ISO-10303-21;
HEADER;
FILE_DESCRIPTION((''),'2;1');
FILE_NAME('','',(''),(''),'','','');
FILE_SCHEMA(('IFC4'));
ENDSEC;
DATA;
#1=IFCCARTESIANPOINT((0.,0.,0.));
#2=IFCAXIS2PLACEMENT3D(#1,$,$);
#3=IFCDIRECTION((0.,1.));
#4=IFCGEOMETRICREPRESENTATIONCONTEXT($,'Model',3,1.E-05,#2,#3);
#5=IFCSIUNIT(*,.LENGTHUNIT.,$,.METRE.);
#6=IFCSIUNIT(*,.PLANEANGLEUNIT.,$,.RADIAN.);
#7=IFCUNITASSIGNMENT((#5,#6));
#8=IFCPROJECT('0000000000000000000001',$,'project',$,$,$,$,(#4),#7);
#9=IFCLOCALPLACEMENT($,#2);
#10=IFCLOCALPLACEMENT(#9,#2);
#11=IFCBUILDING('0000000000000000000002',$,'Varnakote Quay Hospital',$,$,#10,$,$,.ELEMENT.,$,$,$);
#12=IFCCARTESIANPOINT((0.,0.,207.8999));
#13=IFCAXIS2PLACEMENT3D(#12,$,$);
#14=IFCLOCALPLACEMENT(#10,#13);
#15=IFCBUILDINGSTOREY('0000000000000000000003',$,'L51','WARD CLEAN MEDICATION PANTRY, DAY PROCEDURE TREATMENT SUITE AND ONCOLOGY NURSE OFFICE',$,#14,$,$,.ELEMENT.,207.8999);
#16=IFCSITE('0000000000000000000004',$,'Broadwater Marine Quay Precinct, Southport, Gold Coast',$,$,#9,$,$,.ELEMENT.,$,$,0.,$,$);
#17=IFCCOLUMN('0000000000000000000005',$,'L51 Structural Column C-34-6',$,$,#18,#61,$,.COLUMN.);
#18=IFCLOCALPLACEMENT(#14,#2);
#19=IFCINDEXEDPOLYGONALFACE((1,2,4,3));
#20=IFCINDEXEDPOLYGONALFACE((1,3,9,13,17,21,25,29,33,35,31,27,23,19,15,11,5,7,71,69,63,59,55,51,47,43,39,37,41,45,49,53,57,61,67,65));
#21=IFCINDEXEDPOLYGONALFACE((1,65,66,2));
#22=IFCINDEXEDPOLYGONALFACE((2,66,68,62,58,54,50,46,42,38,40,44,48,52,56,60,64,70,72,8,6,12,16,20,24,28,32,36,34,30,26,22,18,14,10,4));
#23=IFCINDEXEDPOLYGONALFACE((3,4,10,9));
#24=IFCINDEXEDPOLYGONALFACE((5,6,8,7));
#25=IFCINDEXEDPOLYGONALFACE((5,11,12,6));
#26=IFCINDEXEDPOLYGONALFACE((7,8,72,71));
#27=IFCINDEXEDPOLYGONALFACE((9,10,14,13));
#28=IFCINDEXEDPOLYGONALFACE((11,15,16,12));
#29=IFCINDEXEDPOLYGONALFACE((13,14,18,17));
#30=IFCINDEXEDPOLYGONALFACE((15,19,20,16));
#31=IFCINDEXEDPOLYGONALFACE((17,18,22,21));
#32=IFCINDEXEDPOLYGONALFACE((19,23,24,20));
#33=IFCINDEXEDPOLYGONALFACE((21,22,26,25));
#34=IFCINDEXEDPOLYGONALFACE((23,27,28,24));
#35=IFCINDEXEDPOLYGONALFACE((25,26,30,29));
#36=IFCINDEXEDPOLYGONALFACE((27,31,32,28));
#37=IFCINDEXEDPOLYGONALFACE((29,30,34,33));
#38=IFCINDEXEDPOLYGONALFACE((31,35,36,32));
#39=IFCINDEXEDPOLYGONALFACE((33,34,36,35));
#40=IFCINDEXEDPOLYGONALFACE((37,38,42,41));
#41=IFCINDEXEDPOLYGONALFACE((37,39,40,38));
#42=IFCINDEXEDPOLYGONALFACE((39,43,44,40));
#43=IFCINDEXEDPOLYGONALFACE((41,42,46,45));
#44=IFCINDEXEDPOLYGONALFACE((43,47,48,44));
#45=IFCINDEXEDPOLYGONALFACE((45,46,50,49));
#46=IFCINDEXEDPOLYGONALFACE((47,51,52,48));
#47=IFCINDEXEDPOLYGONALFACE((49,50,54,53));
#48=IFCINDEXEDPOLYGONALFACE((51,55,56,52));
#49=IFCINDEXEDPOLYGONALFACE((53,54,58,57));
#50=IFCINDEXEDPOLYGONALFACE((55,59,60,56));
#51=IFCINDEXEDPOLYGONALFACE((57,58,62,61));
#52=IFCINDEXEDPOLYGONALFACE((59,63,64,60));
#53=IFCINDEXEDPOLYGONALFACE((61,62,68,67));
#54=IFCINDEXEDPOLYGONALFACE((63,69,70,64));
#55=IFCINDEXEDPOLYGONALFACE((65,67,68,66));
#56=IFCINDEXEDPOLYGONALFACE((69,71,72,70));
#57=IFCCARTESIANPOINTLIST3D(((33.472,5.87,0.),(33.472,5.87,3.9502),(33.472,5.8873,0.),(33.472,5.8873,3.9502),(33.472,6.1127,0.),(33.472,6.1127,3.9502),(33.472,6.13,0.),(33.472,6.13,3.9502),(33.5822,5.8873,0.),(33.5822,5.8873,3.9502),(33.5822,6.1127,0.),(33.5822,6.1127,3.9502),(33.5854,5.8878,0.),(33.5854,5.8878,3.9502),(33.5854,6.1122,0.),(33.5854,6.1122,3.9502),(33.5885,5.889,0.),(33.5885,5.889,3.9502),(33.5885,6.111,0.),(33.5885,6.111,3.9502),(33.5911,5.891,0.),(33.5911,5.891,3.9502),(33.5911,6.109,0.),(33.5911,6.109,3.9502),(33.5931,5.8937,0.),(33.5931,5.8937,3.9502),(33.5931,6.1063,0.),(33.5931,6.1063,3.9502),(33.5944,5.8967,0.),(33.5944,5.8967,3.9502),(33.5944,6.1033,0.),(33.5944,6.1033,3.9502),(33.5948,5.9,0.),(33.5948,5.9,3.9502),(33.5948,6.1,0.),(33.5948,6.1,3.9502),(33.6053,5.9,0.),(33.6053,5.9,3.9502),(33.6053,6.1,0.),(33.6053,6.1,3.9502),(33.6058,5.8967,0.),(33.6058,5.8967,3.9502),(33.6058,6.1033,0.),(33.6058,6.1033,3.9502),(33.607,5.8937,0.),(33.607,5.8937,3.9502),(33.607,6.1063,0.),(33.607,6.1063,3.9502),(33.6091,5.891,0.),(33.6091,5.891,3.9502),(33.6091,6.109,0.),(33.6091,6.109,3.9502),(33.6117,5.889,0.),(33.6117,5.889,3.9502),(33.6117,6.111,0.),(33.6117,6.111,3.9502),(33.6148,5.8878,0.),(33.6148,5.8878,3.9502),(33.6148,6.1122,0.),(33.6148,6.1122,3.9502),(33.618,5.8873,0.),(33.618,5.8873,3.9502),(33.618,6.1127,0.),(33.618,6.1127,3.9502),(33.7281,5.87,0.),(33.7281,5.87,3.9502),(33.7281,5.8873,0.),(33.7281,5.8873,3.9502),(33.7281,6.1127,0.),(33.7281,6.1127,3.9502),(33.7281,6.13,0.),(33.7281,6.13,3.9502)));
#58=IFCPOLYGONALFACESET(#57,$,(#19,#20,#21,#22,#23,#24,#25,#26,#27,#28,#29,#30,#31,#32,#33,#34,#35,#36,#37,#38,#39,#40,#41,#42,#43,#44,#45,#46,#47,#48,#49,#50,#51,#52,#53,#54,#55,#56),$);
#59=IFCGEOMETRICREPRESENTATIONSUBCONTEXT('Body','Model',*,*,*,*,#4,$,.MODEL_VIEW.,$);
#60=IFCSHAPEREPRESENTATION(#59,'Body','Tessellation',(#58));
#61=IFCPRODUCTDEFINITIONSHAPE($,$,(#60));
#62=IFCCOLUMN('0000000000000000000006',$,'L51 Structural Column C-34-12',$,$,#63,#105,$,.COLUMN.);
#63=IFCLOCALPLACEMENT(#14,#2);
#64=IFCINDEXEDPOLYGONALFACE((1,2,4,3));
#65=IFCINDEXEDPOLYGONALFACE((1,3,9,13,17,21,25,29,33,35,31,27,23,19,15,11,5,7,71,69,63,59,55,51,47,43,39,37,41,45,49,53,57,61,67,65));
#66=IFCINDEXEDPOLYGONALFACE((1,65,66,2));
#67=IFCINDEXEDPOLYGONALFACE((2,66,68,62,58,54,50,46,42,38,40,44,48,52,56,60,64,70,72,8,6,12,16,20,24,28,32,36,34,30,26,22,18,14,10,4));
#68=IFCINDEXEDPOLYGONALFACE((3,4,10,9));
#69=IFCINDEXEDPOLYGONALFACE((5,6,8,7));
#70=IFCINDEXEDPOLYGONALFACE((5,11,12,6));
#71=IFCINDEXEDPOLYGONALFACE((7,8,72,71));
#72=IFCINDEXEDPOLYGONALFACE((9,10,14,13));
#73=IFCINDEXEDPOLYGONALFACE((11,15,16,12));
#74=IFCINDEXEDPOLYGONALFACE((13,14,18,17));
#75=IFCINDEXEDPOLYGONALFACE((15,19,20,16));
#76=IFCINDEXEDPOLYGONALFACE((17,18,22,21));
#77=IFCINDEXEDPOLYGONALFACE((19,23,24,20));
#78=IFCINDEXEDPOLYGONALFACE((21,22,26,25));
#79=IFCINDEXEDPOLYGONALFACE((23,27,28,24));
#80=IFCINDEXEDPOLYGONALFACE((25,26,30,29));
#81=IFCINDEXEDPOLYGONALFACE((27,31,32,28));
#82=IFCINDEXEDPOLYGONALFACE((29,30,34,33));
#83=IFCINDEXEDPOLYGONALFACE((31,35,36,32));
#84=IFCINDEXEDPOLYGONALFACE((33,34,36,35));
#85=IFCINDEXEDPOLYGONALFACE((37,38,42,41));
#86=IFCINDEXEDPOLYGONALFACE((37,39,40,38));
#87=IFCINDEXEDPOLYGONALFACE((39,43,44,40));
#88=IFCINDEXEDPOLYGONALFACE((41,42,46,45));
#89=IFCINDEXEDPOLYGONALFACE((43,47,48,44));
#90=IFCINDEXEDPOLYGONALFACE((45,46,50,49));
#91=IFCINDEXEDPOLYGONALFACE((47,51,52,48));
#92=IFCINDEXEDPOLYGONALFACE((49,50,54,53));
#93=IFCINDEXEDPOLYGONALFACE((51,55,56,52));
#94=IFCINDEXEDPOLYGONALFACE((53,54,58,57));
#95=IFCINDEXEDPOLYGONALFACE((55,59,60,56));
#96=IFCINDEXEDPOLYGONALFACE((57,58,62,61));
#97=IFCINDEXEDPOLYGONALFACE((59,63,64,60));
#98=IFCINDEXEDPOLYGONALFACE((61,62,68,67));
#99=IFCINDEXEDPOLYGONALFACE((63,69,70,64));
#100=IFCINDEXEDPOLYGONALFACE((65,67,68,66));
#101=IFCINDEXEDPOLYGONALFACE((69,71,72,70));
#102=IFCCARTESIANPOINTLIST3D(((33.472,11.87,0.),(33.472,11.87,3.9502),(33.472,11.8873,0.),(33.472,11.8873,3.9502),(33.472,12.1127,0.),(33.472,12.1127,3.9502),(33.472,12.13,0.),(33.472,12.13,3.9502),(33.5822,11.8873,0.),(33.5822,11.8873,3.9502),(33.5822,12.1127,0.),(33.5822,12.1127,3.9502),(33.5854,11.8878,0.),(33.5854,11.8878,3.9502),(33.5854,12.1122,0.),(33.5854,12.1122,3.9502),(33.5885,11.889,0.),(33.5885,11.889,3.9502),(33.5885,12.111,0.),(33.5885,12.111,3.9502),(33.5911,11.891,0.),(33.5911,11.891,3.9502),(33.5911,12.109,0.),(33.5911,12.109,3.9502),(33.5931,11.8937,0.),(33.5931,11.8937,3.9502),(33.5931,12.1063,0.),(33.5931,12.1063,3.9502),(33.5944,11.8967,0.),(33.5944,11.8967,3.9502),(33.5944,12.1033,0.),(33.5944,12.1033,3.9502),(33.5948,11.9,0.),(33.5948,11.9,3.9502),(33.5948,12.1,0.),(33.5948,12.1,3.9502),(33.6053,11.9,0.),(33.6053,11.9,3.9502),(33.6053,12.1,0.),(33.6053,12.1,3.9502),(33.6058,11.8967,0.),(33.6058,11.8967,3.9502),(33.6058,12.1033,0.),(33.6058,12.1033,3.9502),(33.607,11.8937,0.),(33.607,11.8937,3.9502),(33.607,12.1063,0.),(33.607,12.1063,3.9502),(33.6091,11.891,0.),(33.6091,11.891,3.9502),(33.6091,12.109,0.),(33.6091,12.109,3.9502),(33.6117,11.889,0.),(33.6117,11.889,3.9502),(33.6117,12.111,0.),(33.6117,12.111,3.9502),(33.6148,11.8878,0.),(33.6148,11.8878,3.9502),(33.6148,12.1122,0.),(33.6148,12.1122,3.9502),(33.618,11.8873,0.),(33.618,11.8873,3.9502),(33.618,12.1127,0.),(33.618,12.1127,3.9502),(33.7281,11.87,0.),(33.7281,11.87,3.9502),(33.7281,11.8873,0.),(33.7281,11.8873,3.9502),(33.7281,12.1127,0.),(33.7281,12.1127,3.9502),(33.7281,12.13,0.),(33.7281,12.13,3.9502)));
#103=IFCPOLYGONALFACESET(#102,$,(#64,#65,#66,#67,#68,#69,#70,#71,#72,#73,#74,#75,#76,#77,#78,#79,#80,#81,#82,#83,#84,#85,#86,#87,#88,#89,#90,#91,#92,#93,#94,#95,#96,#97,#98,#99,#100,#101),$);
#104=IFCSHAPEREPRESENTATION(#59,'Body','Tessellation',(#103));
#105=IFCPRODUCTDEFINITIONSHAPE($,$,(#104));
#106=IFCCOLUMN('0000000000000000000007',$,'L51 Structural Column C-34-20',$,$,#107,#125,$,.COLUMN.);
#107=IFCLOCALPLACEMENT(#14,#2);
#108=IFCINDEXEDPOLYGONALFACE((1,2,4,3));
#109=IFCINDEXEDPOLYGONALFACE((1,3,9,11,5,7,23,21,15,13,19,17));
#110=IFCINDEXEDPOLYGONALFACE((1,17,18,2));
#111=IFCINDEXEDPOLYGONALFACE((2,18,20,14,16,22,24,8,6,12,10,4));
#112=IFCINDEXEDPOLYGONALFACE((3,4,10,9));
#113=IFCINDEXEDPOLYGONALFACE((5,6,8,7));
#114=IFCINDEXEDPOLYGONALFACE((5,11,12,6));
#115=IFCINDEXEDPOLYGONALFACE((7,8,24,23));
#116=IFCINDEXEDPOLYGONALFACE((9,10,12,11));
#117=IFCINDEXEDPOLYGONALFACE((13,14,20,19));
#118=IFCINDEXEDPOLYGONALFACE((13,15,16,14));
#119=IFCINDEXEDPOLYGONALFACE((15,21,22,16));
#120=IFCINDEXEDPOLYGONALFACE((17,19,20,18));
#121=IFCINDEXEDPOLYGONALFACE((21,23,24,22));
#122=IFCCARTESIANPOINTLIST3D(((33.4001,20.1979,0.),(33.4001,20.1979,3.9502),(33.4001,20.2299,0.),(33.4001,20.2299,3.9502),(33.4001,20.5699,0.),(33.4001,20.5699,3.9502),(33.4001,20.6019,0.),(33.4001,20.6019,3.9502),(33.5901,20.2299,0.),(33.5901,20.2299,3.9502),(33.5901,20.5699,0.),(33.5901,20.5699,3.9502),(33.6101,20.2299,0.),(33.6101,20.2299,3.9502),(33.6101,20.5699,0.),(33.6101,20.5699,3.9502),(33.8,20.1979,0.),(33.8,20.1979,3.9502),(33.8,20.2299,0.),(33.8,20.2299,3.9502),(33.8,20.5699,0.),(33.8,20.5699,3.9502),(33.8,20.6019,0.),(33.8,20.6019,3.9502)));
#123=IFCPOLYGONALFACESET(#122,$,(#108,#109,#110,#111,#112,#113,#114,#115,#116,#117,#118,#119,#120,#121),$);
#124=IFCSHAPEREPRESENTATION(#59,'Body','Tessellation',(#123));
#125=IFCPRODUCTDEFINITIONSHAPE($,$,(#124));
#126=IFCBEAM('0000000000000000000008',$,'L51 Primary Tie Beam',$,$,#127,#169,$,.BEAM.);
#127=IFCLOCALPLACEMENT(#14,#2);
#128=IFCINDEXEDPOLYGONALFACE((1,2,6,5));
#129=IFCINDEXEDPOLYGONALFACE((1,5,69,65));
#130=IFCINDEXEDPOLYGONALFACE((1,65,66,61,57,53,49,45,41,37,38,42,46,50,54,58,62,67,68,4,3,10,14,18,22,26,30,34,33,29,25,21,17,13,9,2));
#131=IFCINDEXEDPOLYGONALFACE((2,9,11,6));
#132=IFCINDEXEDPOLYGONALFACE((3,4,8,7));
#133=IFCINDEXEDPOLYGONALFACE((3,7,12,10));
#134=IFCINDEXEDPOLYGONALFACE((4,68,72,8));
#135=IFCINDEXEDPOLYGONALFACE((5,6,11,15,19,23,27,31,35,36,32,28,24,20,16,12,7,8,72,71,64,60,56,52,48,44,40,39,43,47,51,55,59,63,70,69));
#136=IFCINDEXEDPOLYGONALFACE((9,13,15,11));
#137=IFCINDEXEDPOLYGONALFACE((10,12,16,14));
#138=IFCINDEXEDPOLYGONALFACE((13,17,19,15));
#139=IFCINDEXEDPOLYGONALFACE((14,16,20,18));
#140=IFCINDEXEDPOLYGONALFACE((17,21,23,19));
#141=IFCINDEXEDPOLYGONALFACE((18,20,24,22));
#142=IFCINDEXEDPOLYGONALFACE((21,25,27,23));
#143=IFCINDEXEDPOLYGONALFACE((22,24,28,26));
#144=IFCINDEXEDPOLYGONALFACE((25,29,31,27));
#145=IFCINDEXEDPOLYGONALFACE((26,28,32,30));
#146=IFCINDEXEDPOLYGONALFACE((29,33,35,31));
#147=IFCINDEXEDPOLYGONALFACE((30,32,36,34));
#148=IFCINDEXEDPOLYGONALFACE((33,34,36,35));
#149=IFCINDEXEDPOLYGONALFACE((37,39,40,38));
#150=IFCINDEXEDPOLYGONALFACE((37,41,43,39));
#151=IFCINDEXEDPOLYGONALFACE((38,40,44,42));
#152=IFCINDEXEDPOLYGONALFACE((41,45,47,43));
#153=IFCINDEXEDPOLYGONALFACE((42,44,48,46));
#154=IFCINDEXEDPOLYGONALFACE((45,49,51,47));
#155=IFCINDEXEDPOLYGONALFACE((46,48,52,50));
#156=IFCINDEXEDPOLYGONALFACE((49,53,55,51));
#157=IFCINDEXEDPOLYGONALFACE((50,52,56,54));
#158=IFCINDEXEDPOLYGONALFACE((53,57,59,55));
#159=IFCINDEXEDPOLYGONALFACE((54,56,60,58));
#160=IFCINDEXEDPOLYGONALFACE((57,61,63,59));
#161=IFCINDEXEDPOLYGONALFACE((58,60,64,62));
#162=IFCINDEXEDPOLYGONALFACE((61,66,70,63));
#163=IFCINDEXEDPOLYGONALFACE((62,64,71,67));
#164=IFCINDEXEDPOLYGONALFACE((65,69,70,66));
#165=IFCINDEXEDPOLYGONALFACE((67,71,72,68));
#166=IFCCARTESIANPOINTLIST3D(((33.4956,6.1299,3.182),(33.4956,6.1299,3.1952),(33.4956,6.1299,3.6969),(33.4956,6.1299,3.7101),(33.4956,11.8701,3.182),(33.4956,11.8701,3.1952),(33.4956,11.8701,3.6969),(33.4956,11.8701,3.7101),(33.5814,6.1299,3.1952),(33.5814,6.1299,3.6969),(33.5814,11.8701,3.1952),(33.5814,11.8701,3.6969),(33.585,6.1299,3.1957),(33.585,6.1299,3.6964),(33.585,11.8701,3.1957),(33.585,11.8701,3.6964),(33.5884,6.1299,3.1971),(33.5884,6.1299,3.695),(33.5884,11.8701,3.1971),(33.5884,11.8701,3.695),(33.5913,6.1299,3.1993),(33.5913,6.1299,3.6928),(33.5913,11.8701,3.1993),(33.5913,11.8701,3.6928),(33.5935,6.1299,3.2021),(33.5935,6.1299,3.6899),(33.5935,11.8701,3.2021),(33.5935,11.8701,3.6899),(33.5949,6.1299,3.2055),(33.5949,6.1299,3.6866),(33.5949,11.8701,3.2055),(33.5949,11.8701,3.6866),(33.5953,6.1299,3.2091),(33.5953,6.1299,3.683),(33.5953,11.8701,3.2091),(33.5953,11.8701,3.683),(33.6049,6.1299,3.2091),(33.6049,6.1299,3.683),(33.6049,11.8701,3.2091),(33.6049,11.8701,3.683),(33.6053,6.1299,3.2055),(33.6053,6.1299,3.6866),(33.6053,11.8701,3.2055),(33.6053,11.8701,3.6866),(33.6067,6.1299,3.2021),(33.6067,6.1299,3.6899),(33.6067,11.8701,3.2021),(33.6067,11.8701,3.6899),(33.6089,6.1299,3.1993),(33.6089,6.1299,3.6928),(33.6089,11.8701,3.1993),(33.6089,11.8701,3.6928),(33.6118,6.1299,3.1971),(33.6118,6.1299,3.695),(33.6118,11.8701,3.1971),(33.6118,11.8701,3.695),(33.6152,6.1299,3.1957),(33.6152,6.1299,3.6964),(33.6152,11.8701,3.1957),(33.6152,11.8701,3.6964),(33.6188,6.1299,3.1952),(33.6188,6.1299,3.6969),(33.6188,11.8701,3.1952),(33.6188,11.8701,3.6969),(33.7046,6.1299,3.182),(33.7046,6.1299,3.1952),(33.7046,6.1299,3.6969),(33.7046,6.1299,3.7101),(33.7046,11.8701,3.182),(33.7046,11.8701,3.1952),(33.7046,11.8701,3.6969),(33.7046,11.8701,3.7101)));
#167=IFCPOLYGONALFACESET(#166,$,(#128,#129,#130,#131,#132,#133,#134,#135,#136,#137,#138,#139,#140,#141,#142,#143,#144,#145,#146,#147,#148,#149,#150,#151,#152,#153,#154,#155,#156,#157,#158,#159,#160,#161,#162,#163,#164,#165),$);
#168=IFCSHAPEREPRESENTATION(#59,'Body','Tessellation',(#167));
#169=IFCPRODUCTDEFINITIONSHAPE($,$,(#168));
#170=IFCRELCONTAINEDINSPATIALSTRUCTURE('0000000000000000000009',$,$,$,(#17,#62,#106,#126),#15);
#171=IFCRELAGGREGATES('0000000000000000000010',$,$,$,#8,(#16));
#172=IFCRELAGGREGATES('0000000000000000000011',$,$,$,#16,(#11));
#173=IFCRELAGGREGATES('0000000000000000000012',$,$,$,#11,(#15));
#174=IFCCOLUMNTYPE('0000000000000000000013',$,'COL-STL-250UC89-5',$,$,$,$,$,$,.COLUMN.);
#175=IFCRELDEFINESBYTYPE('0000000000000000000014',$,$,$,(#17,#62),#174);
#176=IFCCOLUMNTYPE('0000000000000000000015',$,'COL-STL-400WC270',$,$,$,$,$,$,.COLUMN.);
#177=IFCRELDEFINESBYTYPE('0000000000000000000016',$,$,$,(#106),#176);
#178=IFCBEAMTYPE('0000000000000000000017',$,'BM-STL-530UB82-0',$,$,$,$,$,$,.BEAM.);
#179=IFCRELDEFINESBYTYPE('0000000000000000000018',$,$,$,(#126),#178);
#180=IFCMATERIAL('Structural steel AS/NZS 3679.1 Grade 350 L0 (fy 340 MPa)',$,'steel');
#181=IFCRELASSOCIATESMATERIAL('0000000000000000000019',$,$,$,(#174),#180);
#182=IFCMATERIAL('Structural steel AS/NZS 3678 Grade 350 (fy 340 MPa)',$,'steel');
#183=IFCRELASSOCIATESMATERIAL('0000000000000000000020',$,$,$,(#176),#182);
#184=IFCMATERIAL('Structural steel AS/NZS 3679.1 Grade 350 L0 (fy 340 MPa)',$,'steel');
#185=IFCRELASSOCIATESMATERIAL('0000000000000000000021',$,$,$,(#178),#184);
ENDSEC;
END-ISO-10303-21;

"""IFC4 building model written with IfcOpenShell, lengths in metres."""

from ifc_helpers import new_model, si_unit, direction, frame, origin, origin_2d, place, context, subcontext, project, spatial, i_section, extrude, material, material_profile, profile_set, type_object, element, save


model = new_model("IFC4")

# Units and contexts
model_context = context("Model", 3, precision=1e-05, world=origin(), true_north=direction((0.0, 1.0)))
body_context = subcontext(model_context, "Body", "Model", "MODEL_VIEW")
ifc_project = project(units=[si_unit("LENGTHUNIT", "METRE"), si_unit("PLANEANGLEUNIT", "RADIAN")], contexts=[model_context])

# Site, building, storey
site_placement = place(None, origin())
site = spatial("IfcSite", under=ifc_project, at=site_placement, Name="Broadwater Marine Quay Precinct, Southport, Gold Coast", CompositionType="ELEMENT", RefElevation=0.0)
building_placement = place(site_placement, origin())
building = spatial("IfcBuilding", under=site, at=building_placement, Name="Varnakote Quay Hospital", CompositionType="ELEMENT")
storey_placement = place(building_placement, frame((0.0, 0.0, 207.8999)))
storey = spatial("IfcBuildingStorey", under=building, at=storey_placement, Name="L51", Description="WARD CLEAN MEDICATION PANTRY, DAY PROCEDURE TREATMENT SUITE AND ONCOLOGY NURSE OFFICE", CompositionType="ELEMENT", Elevation=207.8999)

# Columns
ifc_material_1 = material(Name="Structural steel AS/NZS 3679.1 Grade 350 L0 (fy 340 MPa)", Category="steel")
ifc_material_profile_1 = material_profile(ifc_material_1, i_section(OverallWidth=0.2561, OverallDepth=0.26, WebThickness=0.0105, FlangeThickness=0.0173, FilletRadius=0.0127, at=origin_2d()), Name="250UC89.5")
ifc_profile_set_1 = profile_set([ifc_material_profile_1], Name="Structural steel AS/NZS 3679.1 Grade 350 L0 (fy 340 MPa)")
column_type_1 = type_object("IfcColumnType", Name="COL-STL-250UC89-5", PredefinedType="COLUMN", material=ifc_profile_set_1)
for number, where, z_axis, x_axis, name in (
    (1, (33.6001, 6.0, 0.0), (0.0, 0.0, 1.0), (1.0, 0.0, 0.0), "L51 Structural Column C-34-6"),
    (2, (33.6001, 12.0, 0.0), (0.0, 0.0, 1.0), (1.0, 0.0, 0.0), "L51 Structural Column C-34-12"),
):
    element("IfcColumn", number, at=place(storey_placement, frame(where, z_axis=z_axis, x_axis=x_axis)), inside=storey, type_object=column_type_1, Name=name, PredefinedType="COLUMN", context=body_context, shape_type="SweptSolid", body=[
        extrude(i_section(OverallWidth=0.2561, OverallDepth=0.26, WebThickness=0.0105, FlangeThickness=0.0173, FilletRadius=0.0127, at=origin_2d()), origin(), (0.0, 0.0, 1.0), 3.9502),
    ])
ifc_material_2 = material(Name="Structural steel AS/NZS 3678 Grade 350 (fy 340 MPa)", Category="steel")
ifc_material_profile_2 = material_profile(ifc_material_2, i_section(OverallWidth=0.3999, OverallDepth=0.4041, WebThickness=0.02, FlangeThickness=0.032, at=origin_2d()), Name="400WC270")
ifc_profile_set_2 = profile_set([ifc_material_profile_2], Name="Structural steel AS/NZS 3678 Grade 350 (fy 340 MPa)")
column_type_2 = type_object("IfcColumnType", Name="COL-STL-400WC270", PredefinedType="COLUMN", material=ifc_profile_set_2)
column_placement = place(storey_placement, frame((33.6001, 20.3999, 0.0), z_axis=(0.0, 0.0, 1.0), x_axis=(1.0, 0.0, 0.0)))
element("IfcColumn", 3, at=column_placement, inside=storey, type_object=column_type_2, Name="L51 Structural Column C-34-20", PredefinedType="COLUMN", context=body_context, shape_type="SweptSolid", body=[
    extrude(i_section(OverallWidth=0.3999, OverallDepth=0.4041, WebThickness=0.02, FlangeThickness=0.032, at=origin_2d()), origin(), (0.0, 0.0, 1.0), 3.9502),
])

# Beam
ifc_material_3 = material(Name="Structural steel AS/NZS 3679.1 Grade 350 L0 (fy 340 MPa)", Category="steel")
ifc_material_profile_3 = material_profile(ifc_material_3, i_section(OverallWidth=0.209, OverallDepth=0.5281, WebThickness=0.0095, FlangeThickness=0.0132, FilletRadius=0.0139, at=origin_2d()), Name="530UB82.0")
ifc_profile_set_3 = profile_set([ifc_material_profile_3], Name="Structural steel AS/NZS 3679.1 Grade 350 L0 (fy 340 MPa)")
beam_type_1 = type_object("IfcBeamType", Name="BM-STL-530UB82-0", PredefinedType="BEAM", material=ifc_profile_set_3)
beam_1_placement = place(storey_placement, frame((33.6001, 6.1299, 3.446), z_axis=(0.0, 1.0, 0.0), x_axis=(-1.0, 0.0, 0.0)))
element("IfcBeam", 4, at=beam_1_placement, inside=storey, type_object=beam_type_1, Name="L51 Primary Tie Beam", PredefinedType="BEAM", context=body_context, shape_type="SweptSolid", body=[
    extrude(i_section(OverallWidth=0.209, OverallDepth=0.5281, WebThickness=0.0095, FlangeThickness=0.0132, FilletRadius=0.0139, at=origin_2d()), origin(), (0.0, 0.0, 1.0), 5.7402),
])

save(model, "model.ifc")
